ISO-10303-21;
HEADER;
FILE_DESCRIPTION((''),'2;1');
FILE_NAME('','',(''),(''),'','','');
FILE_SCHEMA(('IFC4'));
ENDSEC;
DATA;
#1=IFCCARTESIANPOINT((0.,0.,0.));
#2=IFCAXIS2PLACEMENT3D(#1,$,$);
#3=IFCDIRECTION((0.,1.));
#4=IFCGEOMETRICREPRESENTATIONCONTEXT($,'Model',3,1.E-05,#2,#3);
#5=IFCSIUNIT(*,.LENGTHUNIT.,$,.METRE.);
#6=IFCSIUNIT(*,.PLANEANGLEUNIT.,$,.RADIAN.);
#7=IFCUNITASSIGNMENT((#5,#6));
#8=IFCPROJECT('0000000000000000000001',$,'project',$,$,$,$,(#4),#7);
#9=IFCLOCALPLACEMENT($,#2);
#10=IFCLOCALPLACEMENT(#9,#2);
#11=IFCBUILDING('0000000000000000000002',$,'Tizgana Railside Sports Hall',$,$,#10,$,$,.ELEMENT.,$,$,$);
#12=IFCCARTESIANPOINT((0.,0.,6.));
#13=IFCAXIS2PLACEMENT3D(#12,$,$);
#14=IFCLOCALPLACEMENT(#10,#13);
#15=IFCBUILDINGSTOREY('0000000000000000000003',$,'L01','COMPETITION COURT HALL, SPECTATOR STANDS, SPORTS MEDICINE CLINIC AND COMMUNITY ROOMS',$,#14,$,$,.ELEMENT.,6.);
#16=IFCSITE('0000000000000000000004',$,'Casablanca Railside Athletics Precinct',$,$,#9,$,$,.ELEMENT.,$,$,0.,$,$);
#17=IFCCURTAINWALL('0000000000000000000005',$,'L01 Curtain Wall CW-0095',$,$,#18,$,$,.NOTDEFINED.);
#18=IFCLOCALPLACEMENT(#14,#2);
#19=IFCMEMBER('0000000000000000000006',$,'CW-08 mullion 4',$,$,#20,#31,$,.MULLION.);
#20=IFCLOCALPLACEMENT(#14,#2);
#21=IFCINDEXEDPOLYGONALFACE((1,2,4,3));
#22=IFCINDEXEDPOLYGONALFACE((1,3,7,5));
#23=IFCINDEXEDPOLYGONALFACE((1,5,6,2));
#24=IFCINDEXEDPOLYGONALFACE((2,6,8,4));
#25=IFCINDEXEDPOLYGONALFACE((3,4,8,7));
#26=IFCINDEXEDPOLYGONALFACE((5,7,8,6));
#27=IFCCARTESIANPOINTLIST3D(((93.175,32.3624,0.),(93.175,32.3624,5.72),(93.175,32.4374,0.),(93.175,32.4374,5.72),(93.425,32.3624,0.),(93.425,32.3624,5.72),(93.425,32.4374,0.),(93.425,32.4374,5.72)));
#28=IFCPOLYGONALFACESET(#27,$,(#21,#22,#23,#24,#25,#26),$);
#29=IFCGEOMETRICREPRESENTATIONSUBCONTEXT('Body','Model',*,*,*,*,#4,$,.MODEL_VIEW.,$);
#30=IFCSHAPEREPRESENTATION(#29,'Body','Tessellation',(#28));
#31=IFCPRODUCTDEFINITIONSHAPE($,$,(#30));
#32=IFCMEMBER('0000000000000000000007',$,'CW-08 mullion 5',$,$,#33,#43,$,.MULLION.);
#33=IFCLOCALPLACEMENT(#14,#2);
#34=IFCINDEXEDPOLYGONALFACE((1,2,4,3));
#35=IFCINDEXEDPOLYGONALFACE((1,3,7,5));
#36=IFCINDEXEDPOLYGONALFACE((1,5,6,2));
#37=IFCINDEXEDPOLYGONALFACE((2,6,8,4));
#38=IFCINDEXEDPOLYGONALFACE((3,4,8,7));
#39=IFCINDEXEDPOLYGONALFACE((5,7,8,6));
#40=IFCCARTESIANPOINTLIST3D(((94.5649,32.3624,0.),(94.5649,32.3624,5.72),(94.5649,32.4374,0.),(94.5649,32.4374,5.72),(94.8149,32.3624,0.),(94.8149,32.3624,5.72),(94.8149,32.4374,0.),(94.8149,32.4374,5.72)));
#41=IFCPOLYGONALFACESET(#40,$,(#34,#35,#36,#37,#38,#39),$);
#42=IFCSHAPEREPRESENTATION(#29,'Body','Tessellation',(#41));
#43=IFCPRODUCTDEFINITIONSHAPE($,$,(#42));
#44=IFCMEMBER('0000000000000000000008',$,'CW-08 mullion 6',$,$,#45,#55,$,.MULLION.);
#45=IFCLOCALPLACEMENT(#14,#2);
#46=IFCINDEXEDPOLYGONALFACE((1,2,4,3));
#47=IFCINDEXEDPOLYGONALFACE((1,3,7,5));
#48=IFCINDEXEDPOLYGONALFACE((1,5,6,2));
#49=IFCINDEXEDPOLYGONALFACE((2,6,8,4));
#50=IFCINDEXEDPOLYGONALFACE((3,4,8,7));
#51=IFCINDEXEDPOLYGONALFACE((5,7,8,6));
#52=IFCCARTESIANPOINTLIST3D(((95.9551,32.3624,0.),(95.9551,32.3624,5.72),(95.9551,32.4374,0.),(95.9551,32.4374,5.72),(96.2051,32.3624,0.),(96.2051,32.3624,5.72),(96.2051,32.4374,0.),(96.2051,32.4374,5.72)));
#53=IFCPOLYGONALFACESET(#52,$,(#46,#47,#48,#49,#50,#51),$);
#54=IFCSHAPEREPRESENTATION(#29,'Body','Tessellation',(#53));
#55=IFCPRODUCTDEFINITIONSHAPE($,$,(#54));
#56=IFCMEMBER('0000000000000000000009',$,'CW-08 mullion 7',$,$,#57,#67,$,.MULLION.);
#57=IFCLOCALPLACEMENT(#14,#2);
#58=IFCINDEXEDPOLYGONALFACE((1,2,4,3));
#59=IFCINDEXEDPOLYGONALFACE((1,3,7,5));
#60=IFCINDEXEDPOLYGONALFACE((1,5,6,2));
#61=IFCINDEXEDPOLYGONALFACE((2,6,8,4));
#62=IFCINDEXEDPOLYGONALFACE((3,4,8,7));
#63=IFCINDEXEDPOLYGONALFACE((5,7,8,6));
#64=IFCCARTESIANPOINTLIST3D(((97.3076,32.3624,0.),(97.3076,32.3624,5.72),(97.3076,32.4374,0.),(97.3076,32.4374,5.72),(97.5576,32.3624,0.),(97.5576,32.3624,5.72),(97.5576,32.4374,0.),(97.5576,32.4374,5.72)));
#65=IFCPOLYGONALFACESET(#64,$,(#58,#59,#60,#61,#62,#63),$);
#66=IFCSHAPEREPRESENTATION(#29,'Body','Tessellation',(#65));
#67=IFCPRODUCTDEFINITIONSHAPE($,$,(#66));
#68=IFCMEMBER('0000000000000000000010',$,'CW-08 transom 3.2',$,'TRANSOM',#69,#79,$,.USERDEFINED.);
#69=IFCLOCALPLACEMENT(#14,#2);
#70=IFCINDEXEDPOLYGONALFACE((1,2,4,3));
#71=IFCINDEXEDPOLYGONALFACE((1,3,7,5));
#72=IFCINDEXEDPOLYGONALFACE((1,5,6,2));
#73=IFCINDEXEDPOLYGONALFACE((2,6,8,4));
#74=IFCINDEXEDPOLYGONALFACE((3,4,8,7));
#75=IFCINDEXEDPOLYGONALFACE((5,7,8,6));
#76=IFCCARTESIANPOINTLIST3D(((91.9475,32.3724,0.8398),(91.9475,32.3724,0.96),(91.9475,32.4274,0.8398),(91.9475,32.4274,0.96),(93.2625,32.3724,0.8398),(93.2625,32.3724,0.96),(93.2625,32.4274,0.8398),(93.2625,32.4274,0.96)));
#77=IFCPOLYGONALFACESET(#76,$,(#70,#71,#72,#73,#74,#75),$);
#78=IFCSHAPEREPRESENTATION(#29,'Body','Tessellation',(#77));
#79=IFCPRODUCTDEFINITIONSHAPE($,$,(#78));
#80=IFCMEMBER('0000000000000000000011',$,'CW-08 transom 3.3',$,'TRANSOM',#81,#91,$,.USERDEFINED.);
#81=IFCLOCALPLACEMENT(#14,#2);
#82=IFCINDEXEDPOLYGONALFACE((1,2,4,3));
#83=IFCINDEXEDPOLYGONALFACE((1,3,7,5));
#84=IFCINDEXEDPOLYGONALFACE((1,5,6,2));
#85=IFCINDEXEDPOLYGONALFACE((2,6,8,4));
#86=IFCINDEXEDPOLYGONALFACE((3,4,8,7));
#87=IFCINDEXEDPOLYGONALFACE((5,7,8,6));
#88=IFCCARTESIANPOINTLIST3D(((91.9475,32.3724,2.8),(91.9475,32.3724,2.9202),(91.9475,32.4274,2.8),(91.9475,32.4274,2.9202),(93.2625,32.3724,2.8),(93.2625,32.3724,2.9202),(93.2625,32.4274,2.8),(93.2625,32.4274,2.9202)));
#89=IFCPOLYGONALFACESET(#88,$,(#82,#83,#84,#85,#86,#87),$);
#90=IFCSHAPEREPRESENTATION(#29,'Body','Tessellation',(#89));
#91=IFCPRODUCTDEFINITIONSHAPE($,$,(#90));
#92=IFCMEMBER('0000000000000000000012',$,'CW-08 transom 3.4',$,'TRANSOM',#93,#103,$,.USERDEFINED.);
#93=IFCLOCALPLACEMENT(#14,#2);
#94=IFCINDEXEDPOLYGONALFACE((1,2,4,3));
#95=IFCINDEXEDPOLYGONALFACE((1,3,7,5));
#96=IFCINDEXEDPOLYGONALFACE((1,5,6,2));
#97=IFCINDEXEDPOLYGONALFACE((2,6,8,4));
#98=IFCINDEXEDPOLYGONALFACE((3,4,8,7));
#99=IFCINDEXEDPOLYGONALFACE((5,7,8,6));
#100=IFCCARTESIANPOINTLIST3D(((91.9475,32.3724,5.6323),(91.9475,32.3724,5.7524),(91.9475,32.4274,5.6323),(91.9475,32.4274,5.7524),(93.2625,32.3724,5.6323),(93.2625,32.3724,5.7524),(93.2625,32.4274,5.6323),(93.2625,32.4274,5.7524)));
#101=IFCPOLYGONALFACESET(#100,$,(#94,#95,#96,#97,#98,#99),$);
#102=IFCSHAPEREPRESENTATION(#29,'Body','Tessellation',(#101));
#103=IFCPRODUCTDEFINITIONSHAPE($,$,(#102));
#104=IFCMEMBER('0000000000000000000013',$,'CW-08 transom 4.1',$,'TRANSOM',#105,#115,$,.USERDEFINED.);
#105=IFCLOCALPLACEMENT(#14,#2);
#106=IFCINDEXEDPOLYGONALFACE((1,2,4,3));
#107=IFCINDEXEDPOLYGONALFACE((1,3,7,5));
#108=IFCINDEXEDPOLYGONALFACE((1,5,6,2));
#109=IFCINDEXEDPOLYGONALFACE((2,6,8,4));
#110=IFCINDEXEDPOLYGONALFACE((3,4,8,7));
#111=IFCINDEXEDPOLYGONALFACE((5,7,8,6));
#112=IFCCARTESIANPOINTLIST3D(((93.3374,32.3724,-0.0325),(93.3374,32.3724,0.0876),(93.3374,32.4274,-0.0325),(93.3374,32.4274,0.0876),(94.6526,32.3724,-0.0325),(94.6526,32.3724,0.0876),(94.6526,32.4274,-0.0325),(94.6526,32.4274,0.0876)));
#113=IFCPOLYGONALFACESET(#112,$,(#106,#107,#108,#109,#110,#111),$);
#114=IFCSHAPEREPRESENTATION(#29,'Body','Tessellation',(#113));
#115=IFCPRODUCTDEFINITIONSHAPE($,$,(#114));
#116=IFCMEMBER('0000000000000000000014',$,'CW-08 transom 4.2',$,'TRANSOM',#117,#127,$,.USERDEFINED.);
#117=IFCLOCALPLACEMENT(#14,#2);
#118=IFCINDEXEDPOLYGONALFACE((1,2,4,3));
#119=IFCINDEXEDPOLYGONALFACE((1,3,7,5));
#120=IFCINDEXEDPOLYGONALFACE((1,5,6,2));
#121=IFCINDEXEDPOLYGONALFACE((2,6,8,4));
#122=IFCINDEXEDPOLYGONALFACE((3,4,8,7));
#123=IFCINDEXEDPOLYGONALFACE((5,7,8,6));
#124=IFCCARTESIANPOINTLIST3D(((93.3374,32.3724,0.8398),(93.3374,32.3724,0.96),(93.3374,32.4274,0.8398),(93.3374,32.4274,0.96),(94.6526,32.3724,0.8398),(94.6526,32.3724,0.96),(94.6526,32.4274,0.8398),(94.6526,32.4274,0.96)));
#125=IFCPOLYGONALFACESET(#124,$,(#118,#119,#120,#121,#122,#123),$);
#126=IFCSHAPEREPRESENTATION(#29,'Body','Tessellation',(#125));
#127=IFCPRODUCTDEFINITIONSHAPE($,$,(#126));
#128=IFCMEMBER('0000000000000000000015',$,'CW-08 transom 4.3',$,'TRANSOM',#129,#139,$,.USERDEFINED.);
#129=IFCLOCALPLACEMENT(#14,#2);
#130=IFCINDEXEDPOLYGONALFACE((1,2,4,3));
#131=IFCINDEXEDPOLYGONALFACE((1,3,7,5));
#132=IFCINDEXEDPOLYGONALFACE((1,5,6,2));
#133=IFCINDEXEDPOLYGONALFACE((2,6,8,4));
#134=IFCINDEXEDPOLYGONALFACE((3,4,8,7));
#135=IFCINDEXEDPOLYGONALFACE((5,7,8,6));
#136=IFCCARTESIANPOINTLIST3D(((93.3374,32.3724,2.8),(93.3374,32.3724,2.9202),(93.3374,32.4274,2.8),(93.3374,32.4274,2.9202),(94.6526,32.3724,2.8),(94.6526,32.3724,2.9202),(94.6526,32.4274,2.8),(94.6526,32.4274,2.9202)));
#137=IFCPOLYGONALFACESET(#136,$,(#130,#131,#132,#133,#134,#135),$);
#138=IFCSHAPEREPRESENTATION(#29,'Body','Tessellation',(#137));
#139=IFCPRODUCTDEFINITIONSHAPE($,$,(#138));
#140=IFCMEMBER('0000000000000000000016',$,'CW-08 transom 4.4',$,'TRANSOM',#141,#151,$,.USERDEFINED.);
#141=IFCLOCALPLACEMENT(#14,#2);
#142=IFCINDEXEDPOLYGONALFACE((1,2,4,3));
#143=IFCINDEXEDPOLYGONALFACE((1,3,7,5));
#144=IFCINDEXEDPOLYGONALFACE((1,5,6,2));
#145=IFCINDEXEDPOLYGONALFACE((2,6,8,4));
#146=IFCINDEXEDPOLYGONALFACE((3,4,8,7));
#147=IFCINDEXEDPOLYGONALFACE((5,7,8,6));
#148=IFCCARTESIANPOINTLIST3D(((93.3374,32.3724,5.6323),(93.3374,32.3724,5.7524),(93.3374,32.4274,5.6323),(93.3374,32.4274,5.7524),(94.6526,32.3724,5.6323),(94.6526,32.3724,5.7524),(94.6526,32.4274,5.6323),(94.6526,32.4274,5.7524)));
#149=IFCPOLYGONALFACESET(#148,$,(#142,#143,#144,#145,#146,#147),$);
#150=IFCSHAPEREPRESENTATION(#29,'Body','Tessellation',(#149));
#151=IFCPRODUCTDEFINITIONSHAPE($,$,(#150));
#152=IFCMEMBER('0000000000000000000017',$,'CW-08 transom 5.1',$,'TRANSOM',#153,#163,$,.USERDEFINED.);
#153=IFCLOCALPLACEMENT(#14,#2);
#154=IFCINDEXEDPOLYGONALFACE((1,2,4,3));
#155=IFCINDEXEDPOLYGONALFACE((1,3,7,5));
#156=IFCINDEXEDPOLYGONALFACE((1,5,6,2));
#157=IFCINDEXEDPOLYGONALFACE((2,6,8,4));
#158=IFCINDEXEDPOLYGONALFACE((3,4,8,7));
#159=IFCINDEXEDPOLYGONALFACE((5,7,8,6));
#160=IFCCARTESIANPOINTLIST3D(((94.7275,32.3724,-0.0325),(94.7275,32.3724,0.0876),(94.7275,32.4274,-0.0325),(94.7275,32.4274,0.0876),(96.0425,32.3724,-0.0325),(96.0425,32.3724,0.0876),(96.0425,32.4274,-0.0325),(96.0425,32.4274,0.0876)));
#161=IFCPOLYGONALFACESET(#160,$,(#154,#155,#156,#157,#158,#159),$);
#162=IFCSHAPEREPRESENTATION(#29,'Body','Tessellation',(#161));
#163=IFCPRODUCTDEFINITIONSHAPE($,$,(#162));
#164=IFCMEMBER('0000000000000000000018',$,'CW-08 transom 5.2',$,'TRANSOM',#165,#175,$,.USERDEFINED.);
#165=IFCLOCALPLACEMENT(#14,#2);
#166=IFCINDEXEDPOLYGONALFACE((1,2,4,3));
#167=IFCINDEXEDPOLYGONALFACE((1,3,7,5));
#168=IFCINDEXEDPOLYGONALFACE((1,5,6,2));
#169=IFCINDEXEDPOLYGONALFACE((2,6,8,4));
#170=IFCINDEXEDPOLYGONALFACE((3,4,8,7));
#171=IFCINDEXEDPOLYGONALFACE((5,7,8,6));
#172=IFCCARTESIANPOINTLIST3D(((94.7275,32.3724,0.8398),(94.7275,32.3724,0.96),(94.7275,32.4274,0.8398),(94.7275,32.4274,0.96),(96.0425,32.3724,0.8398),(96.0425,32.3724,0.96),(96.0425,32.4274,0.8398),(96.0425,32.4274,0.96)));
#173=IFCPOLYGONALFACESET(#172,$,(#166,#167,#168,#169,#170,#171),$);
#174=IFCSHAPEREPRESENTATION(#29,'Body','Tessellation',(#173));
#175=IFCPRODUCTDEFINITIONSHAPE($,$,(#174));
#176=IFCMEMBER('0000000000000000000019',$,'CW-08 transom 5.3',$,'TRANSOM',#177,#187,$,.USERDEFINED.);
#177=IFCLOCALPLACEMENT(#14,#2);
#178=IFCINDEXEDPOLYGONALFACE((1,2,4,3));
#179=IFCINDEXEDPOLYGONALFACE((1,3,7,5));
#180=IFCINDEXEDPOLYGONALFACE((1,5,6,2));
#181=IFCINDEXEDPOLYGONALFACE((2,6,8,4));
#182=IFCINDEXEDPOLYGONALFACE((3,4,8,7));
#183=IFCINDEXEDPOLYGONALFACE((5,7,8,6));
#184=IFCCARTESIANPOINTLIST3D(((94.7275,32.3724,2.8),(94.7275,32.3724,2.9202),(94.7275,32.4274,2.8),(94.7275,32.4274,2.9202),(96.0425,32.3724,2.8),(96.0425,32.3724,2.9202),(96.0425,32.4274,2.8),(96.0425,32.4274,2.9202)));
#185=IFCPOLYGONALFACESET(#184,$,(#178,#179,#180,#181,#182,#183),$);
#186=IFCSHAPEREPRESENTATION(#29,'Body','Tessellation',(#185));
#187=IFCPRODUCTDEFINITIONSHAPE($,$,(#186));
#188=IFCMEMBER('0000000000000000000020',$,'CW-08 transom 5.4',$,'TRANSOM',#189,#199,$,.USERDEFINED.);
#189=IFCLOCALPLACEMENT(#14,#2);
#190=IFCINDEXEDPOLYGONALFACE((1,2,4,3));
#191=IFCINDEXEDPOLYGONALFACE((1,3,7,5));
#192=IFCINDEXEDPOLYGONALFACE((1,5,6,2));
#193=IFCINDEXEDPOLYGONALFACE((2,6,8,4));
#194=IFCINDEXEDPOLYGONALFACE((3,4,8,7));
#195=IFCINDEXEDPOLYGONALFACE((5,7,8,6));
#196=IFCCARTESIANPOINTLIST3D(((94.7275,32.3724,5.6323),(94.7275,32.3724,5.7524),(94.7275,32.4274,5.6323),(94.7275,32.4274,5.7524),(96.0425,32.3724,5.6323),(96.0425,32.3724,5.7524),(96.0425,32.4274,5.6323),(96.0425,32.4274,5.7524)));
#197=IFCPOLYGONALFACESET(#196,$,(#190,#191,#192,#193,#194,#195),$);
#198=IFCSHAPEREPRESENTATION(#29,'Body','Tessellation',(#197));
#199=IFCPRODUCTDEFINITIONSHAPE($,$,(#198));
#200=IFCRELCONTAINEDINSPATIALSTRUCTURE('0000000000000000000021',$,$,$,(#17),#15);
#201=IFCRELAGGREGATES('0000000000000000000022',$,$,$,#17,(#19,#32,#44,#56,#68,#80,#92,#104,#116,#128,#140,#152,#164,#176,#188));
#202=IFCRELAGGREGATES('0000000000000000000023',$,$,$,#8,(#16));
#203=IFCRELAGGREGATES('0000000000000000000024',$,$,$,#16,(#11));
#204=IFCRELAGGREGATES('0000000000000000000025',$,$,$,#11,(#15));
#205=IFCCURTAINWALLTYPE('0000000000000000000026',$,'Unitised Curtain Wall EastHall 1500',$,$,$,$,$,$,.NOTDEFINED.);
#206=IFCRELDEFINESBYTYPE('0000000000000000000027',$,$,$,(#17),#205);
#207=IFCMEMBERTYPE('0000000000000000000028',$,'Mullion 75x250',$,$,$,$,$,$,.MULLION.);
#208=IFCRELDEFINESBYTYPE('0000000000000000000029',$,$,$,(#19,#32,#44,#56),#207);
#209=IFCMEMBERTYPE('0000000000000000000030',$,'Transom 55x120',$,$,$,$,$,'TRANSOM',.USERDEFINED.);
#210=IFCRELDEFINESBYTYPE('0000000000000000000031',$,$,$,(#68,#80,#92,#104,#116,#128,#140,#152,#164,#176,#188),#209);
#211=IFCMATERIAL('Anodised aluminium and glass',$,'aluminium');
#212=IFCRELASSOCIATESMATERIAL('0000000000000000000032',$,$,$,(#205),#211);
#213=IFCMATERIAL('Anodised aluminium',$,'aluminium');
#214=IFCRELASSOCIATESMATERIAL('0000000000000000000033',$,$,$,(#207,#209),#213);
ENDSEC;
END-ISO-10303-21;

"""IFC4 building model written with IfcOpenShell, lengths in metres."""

from ifc_helpers import new_model, si_unit, direction, frame, origin, origin_2d, place, context, subcontext, project, spatial, rectangle, extrude, material, material_profile, profile_set, type_object, element, aggregate, save


model = new_model("IFC4")

# Units and contexts
model_context = context("Model", 3, precision=1e-05, world=origin(), true_north=direction((0.0, 1.0)))
body_context = subcontext(model_context, "Body", "Model", "MODEL_VIEW")
ifc_project = project(units=[si_unit("LENGTHUNIT", "METRE"), si_unit("PLANEANGLEUNIT", "RADIAN")], contexts=[model_context])

# Site, building, storey
site_placement = place(None, origin())
site = spatial("IfcSite", under=ifc_project, at=site_placement, Name="Casablanca Railside Athletics Precinct", CompositionType="ELEMENT", RefElevation=0.0)
building_placement = place(site_placement, origin())
building = spatial("IfcBuilding", under=site, at=building_placement, Name="Tizgana Railside Sports Hall", CompositionType="ELEMENT")
storey_placement = place(building_placement, frame((0.0, 0.0, 6.0)))
storey = spatial("IfcBuildingStorey", under=building, at=storey_placement, Name="L01", Description="COMPETITION COURT HALL, SPECTATOR STANDS, SPORTS MEDICINE CLINIC AND COMMUNITY ROOMS", CompositionType="ELEMENT", Elevation=6.0)

# Curtain wall, members
ifc_material_1 = material(Name="Anodised aluminium and glass", Category="aluminium")
curtain_wall_type = type_object("IfcCurtainWallType", Name="Unitised Curtain Wall EastHall 1500", PredefinedType="NOTDEFINED", material=ifc_material_1)
curtain_wall_placement = place(storey_placement, origin())
curtain_wall = element("IfcCurtainWall", 1, at=curtain_wall_placement, inside=storey, type_object=curtain_wall_type, Name="L01 Curtain Wall CW-0095", PredefinedType="NOTDEFINED")
ifc_material_2 = material(Name="Anodised aluminium", Category="aluminium")
ifc_material_profile_1 = material_profile(ifc_material_2, rectangle(XDim=0.075, YDim=0.25, at=origin_2d()), Name="Mullion 75x250")
ifc_profile_set_1 = profile_set([ifc_material_profile_1], Name="Anodised aluminium")
member_type_1 = type_object("IfcMemberType", Name="Mullion 75x250", PredefinedType="MULLION", material=ifc_profile_set_1)
member_1_placement = place(storey_placement, frame((93.3, 32.3999, 0.0), z_axis=(0.0, 0.0, 1.0), x_axis=(0.0, 1.0, 0.0)))
member_1 = element("IfcMember", 2, at=member_1_placement, type_object=member_type_1, Name="CW-08 mullion 4", PredefinedType="MULLION", context=body_context, shape_type="SweptSolid", body=[
    extrude(rectangle(XDim=0.075, YDim=0.25, at=origin_2d()), origin(), (0.0, 0.0, 1.0), 5.72),
])
member_2_placement = place(storey_placement, frame((94.6899, 32.3999, 0.0), z_axis=(0.0, 0.0, 1.0), x_axis=(0.0, 1.0, 0.0)))
member_2 = element("IfcMember", 3, at=member_2_placement, type_object=member_type_1, Name="CW-08 mullion 5", PredefinedType="MULLION", context=body_context, shape_type="SweptSolid", body=[
    extrude(rectangle(XDim=0.075, YDim=0.25, at=origin_2d()), origin(), (0.0, 0.0, 1.0), 5.72),
])
member_3_placement = place(storey_placement, frame((96.0801, 32.3999, 0.0), z_axis=(0.0, 0.0, 1.0), x_axis=(0.0, 1.0, 0.0)))
member_3 = element("IfcMember", 4, at=member_3_placement, type_object=member_type_1, Name="CW-08 mullion 6", PredefinedType="MULLION", context=body_context, shape_type="SweptSolid", body=[
    extrude(rectangle(XDim=0.075, YDim=0.25, at=origin_2d()), origin(), (0.0, 0.0, 1.0), 5.72),
])
member_4_placement = place(storey_placement, frame((97.4326, 32.3999, 0.0), z_axis=(0.0, 0.0, 1.0), x_axis=(0.0, 1.0, 0.0)))
member_4 = element("IfcMember", 5, at=member_4_placement, type_object=member_type_1, Name="CW-08 mullion 7", PredefinedType="MULLION", context=body_context, shape_type="SweptSolid", body=[
    extrude(rectangle(XDim=0.075, YDim=0.25, at=origin_2d()), origin(), (0.0, 0.0, 1.0), 5.72),
])
ifc_material_profile_2 = material_profile(ifc_material_2, rectangle(XDim=0.0549, YDim=0.1201, at=origin_2d()), Name="Transom 55x120")
ifc_profile_set_2 = profile_set([ifc_material_profile_2], Name="Anodised aluminium")
member_type_2 = type_object("IfcMemberType", Name="Transom 55x120", ElementType="TRANSOM", PredefinedType="USERDEFINED", material=ifc_profile_set_2)
member_5_placement = place(storey_placement, frame((91.9475, 32.3999, 0.8999), z_axis=(1.0, 0.0, 0.0), x_axis=(0.0, 1.0, 0.0)))
member_5 = element("IfcMember", 6, at=member_5_placement, type_object=member_type_2, Name="CW-08 transom 3.2", ObjectType="TRANSOM", PredefinedType="USERDEFINED", context=body_context, shape_type="SweptSolid", body=[
    extrude(rectangle(XDim=0.0549, YDim=0.1201, at=origin_2d()), origin(), (0.0, 0.0, 1.0), 1.3149),
])
member_6_placement = place(storey_placement, frame((91.9475, 32.3999, 2.8601), z_axis=(1.0, 0.0, 0.0), x_axis=(0.0, 1.0, 0.0)))
member_6 = element("IfcMember", 7, at=member_6_placement, type_object=member_type_2, Name="CW-08 transom 3.3", ObjectType="TRANSOM", PredefinedType="USERDEFINED", context=body_context, shape_type="SweptSolid", body=[
    extrude(rectangle(XDim=0.0549, YDim=0.1201, at=origin_2d()), origin(), (0.0, 0.0, 1.0), 1.3149),
])
member_7_placement = place(storey_placement, frame((91.9475, 32.3999, 5.6924), z_axis=(1.0, 0.0, 0.0), x_axis=(0.0, 1.0, 0.0)))
member_7 = element("IfcMember", 8, at=member_7_placement, type_object=member_type_2, Name="CW-08 transom 3.4", ObjectType="TRANSOM", PredefinedType="USERDEFINED", context=body_context, shape_type="SweptSolid", body=[
    extrude(rectangle(XDim=0.0549, YDim=0.1201, at=origin_2d()), origin(), (0.0, 0.0, 1.0), 1.3149),
])
member_8_placement = place(storey_placement, frame((93.3374, 32.3999, 0.0276), z_axis=(1.0, 0.0, 0.0), x_axis=(0.0, 1.0, 0.0)))
member_8 = element("IfcMember", 9, at=member_8_placement, type_object=member_type_2, Name="CW-08 transom 4.1", ObjectType="TRANSOM", PredefinedType="USERDEFINED", context=body_context, shape_type="SweptSolid", body=[
    extrude(rectangle(XDim=0.0549, YDim=0.1201, at=origin_2d()), origin(), (0.0, 0.0, 1.0), 1.3152),
])
member_9_placement = place(storey_placement, frame((93.3374, 32.3999, 0.8999), z_axis=(1.0, 0.0, 0.0), x_axis=(0.0, 1.0, 0.0)))
member_9 = element("IfcMember", 10, at=member_9_placement, type_object=member_type_2, Name="CW-08 transom 4.2", ObjectType="TRANSOM", PredefinedType="USERDEFINED", context=body_context, shape_type="SweptSolid", body=[
    extrude(rectangle(XDim=0.0549, YDim=0.1201, at=origin_2d()), origin(), (0.0, 0.0, 1.0), 1.3152),
])
member_10_placement = place(storey_placement, frame((93.3374, 32.3999, 2.8601), z_axis=(1.0, 0.0, 0.0), x_axis=(0.0, 1.0, 0.0)))
member_10 = element("IfcMember", 11, at=member_10_placement, type_object=member_type_2, Name="CW-08 transom 4.3", ObjectType="TRANSOM", PredefinedType="USERDEFINED", context=body_context, shape_type="SweptSolid", body=[
    extrude(rectangle(XDim=0.0549, YDim=0.1201, at=origin_2d()), origin(), (0.0, 0.0, 1.0), 1.3152),
])
member_11_placement = place(storey_placement, frame((93.3374, 32.3999, 5.6924), z_axis=(1.0, 0.0, 0.0), x_axis=(0.0, 1.0, 0.0)))
member_11 = element("IfcMember", 12, at=member_11_placement, type_object=member_type_2, Name="CW-08 transom 4.4", ObjectType="TRANSOM", PredefinedType="USERDEFINED", context=body_context, shape_type="SweptSolid", body=[
    extrude(rectangle(XDim=0.0549, YDim=0.1201, at=origin_2d()), origin(), (0.0, 0.0, 1.0), 1.3152),
])
member_12_placement = place(storey_placement, frame((94.7275, 32.3999, 0.0276), z_axis=(1.0, 0.0, 0.0), x_axis=(0.0, 1.0, 0.0)))
member_12 = element("IfcMember", 13, at=member_12_placement, type_object=member_type_2, Name="CW-08 transom 5.1", ObjectType="TRANSOM", PredefinedType="USERDEFINED", context=body_context, shape_type="SweptSolid", body=[
    extrude(rectangle(XDim=0.0549, YDim=0.1201, at=origin_2d()), origin(), (0.0, 0.0, 1.0), 1.3149),
])
member_13_placement = place(storey_placement, frame((94.7275, 32.3999, 0.8999), z_axis=(1.0, 0.0, 0.0), x_axis=(0.0, 1.0, 0.0)))
member_13 = element("IfcMember", 14, at=member_13_placement, type_object=member_type_2, Name="CW-08 transom 5.2", ObjectType="TRANSOM", PredefinedType="USERDEFINED", context=body_context, shape_type="SweptSolid", body=[
    extrude(rectangle(XDim=0.0549, YDim=0.1201, at=origin_2d()), origin(), (0.0, 0.0, 1.0), 1.3149),
])
member_14_placement = place(storey_placement, frame((94.7275, 32.3999, 2.8601), z_axis=(1.0, 0.0, 0.0), x_axis=(0.0, 1.0, 0.0)))
member_14 = element("IfcMember", 15, at=member_14_placement, type_object=member_type_2, Name="CW-08 transom 5.3", ObjectType="TRANSOM", PredefinedType="USERDEFINED", context=body_context, shape_type="SweptSolid", body=[
    extrude(rectangle(XDim=0.0549, YDim=0.1201, at=origin_2d()), origin(), (0.0, 0.0, 1.0), 1.3149),
])
member_15_placement = place(storey_placement, frame((94.7275, 32.3999, 5.6924), z_axis=(1.0, 0.0, 0.0), x_axis=(0.0, 1.0, 0.0)))
member_15 = element("IfcMember", 16, at=member_15_placement, type_object=member_type_2, Name="CW-08 transom 5.4", ObjectType="TRANSOM", PredefinedType="USERDEFINED", context=body_context, shape_type="SweptSolid", body=[
    extrude(rectangle(XDim=0.0549, YDim=0.1201, at=origin_2d()), origin(), (0.0, 0.0, 1.0), 1.3149),
])
aggregate(curtain_wall, [member_1, member_2, member_3, member_4, member_5, member_6, member_7, member_8, member_9, member_10, member_11, member_12, member_13, member_14, member_15])

save(model, "model.ifc")
